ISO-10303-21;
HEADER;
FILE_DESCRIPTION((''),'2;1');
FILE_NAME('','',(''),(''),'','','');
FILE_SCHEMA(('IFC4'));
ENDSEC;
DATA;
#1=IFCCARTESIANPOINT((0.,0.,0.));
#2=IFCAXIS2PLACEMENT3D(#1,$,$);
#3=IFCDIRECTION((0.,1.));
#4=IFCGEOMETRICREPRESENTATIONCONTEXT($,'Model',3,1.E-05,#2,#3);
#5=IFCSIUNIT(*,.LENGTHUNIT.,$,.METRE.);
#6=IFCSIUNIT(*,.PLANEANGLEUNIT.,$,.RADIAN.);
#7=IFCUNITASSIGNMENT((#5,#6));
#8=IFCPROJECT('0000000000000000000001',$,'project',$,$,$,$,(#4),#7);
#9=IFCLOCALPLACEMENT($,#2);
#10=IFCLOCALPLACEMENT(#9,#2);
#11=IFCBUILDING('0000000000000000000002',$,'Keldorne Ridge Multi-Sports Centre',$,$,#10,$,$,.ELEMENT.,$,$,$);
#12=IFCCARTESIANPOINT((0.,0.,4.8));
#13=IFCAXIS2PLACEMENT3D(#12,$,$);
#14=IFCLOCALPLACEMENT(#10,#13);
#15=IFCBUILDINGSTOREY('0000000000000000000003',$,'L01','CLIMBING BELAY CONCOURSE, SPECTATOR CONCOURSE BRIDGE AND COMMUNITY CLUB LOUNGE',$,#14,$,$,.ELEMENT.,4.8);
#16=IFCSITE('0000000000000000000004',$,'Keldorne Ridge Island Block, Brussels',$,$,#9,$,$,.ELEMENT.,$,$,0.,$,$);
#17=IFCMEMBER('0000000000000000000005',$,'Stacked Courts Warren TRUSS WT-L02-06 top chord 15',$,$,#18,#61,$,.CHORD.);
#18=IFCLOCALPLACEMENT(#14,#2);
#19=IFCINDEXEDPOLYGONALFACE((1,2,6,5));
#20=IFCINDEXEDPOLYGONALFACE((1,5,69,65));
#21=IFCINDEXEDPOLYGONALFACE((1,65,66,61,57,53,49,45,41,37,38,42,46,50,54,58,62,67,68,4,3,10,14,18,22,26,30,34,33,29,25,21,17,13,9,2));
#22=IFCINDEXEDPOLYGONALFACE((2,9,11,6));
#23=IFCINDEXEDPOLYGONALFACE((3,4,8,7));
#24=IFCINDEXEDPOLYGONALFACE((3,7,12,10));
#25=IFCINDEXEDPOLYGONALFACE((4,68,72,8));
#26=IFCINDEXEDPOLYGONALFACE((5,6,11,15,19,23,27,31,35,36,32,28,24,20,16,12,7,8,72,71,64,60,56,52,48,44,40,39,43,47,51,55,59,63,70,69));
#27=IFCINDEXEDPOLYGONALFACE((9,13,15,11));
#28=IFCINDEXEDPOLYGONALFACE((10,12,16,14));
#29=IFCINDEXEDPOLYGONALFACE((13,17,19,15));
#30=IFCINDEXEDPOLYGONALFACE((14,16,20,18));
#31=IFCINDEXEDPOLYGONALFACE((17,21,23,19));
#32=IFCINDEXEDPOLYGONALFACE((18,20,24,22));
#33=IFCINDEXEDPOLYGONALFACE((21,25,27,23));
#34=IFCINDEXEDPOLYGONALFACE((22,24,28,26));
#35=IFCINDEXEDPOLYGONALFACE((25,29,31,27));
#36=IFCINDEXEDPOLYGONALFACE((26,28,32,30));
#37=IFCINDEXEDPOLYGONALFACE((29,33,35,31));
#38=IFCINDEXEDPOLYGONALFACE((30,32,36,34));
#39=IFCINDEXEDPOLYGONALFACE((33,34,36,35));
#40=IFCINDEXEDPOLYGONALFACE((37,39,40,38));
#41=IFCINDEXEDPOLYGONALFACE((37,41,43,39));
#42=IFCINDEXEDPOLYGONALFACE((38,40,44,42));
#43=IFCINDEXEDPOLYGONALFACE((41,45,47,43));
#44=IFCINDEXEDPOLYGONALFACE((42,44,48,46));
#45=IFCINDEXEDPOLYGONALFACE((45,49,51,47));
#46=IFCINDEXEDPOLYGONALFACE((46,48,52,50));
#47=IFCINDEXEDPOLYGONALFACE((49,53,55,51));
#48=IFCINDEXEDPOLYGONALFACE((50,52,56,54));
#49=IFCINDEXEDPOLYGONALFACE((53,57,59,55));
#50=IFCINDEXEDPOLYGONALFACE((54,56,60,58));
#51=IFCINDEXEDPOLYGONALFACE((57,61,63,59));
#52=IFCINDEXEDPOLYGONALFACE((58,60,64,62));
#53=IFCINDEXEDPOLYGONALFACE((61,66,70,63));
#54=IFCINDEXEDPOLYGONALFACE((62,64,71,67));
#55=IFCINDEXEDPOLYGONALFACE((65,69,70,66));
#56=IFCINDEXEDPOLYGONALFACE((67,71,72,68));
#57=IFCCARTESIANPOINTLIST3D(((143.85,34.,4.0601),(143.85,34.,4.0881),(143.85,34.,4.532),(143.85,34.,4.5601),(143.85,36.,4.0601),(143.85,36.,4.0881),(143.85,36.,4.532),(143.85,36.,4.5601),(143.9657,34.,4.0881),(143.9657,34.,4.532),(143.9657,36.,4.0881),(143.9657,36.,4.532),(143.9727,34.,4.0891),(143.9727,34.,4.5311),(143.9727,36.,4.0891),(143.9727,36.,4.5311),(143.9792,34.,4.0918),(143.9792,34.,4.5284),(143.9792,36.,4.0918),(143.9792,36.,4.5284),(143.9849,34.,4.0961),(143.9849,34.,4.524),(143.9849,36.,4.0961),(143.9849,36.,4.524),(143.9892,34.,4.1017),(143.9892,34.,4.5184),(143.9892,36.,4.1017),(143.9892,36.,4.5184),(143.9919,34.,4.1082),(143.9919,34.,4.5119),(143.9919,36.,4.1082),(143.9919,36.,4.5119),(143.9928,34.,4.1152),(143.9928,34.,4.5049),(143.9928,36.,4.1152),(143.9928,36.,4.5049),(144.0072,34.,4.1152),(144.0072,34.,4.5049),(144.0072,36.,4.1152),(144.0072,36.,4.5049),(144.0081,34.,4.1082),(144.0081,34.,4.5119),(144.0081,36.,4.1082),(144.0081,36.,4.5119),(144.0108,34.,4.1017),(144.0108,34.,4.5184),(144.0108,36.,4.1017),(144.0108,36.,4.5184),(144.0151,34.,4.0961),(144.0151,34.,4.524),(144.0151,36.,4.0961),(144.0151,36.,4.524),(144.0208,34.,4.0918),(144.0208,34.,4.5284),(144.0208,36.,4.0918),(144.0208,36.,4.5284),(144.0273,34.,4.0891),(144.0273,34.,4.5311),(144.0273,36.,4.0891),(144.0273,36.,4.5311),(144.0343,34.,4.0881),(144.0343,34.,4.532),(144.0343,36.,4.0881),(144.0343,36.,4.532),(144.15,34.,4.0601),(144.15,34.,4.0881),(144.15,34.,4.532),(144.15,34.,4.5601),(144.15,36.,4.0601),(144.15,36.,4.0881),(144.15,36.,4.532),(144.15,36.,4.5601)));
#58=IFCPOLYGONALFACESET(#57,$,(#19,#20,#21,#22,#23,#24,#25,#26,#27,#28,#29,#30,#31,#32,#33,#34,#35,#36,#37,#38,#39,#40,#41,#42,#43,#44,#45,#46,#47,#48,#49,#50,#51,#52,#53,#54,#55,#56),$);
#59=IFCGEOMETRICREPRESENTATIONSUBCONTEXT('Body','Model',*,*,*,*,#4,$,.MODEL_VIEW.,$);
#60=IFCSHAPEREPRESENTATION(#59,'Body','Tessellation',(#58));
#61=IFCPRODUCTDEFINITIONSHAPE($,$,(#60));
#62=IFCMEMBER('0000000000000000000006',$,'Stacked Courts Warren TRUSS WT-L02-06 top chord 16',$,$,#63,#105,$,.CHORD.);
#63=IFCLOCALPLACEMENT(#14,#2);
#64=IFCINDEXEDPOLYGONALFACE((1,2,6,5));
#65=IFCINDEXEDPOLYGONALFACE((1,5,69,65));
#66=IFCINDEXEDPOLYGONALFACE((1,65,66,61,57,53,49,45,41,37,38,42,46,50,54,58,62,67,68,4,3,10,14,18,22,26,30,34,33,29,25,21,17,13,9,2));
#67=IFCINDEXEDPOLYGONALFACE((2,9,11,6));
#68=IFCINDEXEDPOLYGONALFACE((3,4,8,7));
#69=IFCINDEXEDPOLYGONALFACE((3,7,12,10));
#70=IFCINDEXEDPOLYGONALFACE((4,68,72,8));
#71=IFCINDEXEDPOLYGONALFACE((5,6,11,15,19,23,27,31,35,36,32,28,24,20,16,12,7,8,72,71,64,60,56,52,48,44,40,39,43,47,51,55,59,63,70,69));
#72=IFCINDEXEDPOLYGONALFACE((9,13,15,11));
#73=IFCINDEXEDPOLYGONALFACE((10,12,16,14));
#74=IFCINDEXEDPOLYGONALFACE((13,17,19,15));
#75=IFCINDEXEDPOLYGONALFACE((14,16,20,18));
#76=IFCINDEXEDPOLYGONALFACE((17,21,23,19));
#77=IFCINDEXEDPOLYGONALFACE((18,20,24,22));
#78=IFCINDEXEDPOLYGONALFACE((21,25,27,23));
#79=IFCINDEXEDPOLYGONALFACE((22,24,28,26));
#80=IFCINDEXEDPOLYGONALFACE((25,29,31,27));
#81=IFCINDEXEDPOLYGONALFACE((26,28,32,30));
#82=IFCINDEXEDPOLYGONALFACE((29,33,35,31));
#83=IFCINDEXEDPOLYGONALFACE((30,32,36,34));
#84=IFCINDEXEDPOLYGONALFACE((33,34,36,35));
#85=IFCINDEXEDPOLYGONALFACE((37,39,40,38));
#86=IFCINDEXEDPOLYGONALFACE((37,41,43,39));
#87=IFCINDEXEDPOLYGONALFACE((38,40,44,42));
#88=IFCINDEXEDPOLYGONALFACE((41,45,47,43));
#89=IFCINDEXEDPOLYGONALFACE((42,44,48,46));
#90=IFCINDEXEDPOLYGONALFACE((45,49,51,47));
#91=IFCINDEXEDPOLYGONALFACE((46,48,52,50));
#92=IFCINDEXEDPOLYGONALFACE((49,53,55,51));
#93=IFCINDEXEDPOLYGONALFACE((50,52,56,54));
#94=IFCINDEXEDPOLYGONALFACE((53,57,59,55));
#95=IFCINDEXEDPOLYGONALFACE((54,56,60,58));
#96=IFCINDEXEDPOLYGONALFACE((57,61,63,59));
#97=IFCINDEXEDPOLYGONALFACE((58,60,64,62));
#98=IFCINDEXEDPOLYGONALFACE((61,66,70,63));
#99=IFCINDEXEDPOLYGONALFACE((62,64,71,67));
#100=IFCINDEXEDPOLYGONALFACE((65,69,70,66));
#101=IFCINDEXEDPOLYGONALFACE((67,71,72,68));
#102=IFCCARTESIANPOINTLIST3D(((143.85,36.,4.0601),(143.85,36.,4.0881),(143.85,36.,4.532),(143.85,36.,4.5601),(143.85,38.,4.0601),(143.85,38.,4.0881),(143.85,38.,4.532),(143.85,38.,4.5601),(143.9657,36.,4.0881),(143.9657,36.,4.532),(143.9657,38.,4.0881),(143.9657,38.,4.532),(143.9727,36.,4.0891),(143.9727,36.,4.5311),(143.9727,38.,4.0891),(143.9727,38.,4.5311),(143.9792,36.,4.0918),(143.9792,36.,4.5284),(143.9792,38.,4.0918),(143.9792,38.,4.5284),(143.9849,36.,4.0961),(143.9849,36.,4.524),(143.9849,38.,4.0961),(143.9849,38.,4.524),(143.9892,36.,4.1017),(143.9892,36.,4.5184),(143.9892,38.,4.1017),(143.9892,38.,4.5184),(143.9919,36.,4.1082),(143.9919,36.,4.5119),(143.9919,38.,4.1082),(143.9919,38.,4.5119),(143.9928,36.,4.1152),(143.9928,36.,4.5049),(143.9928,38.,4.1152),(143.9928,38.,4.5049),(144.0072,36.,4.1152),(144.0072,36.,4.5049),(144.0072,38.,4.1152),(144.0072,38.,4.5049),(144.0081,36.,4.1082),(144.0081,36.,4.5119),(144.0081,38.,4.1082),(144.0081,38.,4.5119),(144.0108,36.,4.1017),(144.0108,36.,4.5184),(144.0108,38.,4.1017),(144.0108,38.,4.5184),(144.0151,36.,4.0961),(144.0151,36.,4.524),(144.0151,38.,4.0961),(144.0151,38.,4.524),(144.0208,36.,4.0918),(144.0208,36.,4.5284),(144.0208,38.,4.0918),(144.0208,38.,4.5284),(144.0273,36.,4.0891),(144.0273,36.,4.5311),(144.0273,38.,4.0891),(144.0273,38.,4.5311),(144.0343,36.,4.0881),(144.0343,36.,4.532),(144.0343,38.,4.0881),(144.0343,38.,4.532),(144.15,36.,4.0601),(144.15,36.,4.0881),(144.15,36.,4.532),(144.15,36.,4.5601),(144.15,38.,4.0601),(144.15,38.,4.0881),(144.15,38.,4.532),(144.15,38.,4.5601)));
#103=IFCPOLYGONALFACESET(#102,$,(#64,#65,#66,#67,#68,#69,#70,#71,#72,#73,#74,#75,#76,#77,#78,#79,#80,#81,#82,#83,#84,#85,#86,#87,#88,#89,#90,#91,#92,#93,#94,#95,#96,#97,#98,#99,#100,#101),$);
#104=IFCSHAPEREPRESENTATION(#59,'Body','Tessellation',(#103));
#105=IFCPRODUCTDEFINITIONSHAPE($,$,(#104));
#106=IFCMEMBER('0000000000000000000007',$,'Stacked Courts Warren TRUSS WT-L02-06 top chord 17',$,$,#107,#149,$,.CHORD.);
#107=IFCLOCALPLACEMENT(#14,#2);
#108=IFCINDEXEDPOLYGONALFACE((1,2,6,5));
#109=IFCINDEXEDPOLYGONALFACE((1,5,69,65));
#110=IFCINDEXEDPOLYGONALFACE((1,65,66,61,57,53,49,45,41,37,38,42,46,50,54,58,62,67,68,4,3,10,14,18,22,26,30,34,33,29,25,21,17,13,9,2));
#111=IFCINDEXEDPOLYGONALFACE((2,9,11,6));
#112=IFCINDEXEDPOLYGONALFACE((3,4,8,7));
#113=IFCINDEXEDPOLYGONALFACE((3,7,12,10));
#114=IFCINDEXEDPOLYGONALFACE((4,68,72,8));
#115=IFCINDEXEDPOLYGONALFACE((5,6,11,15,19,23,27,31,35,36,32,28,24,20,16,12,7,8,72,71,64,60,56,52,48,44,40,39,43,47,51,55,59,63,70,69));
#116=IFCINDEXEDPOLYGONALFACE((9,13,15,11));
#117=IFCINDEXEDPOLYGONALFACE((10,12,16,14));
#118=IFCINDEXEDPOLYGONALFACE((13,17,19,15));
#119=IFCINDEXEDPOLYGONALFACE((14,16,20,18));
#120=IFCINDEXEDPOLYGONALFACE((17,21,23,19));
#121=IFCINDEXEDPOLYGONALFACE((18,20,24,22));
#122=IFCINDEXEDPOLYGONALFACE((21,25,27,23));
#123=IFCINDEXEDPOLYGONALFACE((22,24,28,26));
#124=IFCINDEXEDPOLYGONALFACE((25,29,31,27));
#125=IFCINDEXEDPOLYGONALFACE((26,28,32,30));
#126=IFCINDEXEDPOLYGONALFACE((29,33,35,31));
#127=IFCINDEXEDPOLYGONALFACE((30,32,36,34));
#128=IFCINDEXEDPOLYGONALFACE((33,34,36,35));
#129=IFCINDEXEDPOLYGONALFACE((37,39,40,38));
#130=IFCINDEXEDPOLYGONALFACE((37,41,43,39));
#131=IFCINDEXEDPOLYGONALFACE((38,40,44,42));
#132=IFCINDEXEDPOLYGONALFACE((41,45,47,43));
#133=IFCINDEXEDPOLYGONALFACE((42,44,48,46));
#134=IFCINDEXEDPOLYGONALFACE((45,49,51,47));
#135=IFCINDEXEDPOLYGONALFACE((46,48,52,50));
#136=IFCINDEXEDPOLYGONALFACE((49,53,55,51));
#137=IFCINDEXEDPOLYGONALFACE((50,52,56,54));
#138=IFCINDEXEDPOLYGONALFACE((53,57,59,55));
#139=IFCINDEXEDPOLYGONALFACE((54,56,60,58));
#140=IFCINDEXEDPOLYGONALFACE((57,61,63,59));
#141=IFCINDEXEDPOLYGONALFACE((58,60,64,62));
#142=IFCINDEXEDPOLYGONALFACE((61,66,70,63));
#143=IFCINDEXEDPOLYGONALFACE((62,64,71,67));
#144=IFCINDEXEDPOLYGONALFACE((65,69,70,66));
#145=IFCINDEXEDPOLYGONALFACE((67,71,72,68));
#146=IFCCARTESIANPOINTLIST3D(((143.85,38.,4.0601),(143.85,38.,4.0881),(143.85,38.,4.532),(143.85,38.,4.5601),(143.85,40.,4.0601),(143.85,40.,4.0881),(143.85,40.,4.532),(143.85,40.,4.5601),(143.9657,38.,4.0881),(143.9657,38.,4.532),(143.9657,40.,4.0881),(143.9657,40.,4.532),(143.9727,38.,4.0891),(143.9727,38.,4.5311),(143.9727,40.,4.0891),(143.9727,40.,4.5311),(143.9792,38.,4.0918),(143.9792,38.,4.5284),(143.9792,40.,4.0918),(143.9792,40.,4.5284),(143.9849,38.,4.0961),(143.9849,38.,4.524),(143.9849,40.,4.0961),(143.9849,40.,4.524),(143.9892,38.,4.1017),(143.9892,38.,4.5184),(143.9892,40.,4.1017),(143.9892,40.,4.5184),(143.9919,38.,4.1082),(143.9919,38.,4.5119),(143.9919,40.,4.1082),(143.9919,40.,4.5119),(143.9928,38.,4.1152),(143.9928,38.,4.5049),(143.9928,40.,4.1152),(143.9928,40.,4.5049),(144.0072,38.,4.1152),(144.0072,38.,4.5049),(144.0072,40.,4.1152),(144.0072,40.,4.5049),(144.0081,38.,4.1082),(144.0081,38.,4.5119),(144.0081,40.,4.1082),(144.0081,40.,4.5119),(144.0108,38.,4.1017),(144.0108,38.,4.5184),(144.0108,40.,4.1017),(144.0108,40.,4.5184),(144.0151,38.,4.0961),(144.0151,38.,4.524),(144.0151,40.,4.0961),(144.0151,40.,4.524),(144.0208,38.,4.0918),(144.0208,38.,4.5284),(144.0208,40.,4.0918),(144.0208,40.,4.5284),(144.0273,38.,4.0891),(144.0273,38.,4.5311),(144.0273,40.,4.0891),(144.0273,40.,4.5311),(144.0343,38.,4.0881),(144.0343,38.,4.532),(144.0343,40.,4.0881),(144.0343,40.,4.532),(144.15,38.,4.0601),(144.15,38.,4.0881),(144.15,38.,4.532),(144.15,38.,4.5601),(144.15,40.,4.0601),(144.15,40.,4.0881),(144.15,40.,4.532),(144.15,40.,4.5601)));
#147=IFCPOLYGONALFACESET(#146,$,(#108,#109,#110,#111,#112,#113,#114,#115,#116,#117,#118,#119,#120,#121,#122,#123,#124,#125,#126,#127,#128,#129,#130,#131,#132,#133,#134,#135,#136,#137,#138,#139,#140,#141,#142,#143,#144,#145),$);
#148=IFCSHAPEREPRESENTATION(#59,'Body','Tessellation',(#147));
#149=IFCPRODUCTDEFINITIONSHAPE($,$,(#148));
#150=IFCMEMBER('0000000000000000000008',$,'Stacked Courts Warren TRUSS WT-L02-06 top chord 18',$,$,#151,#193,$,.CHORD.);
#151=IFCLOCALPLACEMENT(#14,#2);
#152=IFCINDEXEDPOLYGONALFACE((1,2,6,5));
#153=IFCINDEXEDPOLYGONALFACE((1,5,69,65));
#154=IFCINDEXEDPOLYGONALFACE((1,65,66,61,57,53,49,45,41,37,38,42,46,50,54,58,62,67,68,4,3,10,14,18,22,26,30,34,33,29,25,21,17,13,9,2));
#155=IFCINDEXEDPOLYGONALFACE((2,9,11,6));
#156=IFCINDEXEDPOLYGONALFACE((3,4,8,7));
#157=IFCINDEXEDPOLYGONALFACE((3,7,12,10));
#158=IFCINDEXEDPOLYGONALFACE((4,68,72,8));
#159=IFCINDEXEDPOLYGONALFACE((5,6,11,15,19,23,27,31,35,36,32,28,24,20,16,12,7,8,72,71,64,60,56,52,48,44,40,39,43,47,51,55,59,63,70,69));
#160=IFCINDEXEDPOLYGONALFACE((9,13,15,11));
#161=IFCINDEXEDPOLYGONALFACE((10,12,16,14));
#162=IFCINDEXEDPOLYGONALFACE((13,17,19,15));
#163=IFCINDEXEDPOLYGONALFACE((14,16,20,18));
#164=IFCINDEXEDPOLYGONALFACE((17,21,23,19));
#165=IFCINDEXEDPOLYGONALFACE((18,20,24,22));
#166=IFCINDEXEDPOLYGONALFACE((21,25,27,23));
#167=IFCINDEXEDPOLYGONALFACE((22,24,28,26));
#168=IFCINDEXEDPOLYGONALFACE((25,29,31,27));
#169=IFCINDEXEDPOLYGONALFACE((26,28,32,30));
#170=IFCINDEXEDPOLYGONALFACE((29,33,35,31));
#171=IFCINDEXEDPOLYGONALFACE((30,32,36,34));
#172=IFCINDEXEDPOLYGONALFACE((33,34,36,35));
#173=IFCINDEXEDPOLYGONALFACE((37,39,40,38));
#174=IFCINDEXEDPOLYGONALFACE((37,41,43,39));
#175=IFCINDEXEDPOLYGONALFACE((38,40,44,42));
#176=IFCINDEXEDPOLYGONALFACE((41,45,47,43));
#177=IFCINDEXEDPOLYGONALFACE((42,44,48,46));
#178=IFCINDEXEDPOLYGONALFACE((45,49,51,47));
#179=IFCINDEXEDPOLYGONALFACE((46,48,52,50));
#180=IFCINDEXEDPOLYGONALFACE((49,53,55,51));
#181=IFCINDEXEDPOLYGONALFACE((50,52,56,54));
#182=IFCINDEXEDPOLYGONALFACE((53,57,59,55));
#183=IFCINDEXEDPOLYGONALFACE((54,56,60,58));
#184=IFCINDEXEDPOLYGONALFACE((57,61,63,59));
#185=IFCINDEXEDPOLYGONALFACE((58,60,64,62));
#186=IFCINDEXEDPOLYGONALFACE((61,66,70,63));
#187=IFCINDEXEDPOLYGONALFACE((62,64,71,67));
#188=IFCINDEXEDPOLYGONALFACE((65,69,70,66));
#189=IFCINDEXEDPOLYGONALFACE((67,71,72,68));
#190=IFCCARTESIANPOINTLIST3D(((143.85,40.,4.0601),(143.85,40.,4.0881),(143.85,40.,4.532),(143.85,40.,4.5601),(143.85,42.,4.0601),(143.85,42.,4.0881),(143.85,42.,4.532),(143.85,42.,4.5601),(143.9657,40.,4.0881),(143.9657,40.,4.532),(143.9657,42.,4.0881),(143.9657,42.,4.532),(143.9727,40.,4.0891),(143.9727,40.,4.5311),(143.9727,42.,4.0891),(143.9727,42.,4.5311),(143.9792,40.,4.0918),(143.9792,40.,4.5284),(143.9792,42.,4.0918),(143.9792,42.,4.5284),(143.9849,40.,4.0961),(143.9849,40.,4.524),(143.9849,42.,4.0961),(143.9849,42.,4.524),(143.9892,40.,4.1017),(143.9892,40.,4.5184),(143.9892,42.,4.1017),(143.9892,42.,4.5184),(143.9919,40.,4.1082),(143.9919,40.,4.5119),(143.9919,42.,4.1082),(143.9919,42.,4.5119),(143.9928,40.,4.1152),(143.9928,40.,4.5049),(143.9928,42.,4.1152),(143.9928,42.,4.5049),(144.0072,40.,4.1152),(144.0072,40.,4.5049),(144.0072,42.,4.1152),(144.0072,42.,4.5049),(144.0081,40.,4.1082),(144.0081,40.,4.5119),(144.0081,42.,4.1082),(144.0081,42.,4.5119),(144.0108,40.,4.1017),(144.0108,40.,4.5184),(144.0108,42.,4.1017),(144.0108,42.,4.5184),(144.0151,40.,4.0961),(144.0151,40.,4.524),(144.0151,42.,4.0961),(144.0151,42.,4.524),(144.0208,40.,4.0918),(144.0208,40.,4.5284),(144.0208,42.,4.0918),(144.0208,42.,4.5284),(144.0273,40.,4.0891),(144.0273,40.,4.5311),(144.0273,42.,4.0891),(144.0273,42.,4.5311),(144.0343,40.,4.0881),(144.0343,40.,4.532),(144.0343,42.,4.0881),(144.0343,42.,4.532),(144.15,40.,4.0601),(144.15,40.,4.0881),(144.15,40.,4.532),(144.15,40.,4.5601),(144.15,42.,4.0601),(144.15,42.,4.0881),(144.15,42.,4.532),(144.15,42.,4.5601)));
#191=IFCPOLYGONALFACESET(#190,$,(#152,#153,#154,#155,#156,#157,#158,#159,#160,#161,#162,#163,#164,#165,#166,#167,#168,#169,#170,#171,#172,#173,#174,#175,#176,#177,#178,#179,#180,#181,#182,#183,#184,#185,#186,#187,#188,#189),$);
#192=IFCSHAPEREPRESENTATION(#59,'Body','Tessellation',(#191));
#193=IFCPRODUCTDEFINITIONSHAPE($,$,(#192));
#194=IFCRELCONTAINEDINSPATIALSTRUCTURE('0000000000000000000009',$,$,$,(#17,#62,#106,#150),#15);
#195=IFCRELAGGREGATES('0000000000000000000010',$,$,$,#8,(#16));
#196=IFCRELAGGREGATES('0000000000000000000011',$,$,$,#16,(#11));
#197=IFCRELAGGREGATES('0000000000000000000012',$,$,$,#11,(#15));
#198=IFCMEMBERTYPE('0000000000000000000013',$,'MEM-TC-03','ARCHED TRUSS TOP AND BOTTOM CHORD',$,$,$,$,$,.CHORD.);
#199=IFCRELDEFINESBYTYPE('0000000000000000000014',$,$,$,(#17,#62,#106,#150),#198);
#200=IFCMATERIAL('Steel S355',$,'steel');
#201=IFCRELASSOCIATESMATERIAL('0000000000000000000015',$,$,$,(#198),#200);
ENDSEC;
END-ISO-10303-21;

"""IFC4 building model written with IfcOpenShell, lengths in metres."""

from ifc_helpers import new_model, si_unit, direction, frame, origin, origin_2d, place, context, subcontext, project, spatial, i_section, extrude, material, material_profile, profile_set, type_object, element, save


model = new_model("IFC4")

# Units and contexts
model_context = context("Model", 3, precision=1e-05, world=origin(), true_north=direction((0.0, 1.0)))
body_context = subcontext(model_context, "Body", "Model", "MODEL_VIEW")
ifc_project = project(units=[si_unit("LENGTHUNIT", "METRE"), si_unit("PLANEANGLEUNIT", "RADIAN")], contexts=[model_context])

# Site, building, storey
site_placement = place(None, origin())
site = spatial("IfcSite", under=ifc_project, at=site_placement, Name="Keldorne Ridge Island Block, Brussels", CompositionType="ELEMENT", RefElevation=0.0)
building_placement = place(site_placement, origin())
building = spatial("IfcBuilding", under=site, at=building_placement, Name="Keldorne Ridge Multi-Sports Centre", CompositionType="ELEMENT")
storey_placement = place(building_placement, frame((0.0, 0.0, 4.8)))
storey = spatial("IfcBuildingStorey", under=building, at=storey_placement, Name="L01", Description="CLIMBING BELAY CONCOURSE, SPECTATOR CONCOURSE BRIDGE AND COMMUNITY CLUB LOUNGE", CompositionType="ELEMENT", Elevation=4.8)

# Members
ifc_material = material(Name="Steel S355", Category="steel")
ifc_material_profile_1 = material_profile(ifc_material, i_section(OverallWidth=0.3, OverallDepth=0.5, WebThickness=0.0144, FlangeThickness=0.0281, FilletRadius=0.0271, at=origin_2d()), Name="HEB 500")
ifc_profile_set_1 = profile_set([ifc_material_profile_1], Name="Steel S355")
member_type_1 = type_object("IfcMemberType", Name="MEM-TC-03", Description="ARCHED TRUSS TOP AND BOTTOM CHORD", PredefinedType="CHORD", material=ifc_profile_set_1)
for number, where, z_axis, x_axis, name in (
    (1, (144.0, 34.0, 4.3101), (0.0, 1.0, 0.0), (-1.0, 0.0, 0.0), "Stacked Courts Warren TRUSS WT-L02-06 top chord 15"),
    (2, (144.0, 36.0, 4.3101), (0.0, 1.0, 0.0), (-1.0, 0.0, 0.0), "Stacked Courts Warren TRUSS WT-L02-06 top chord 16"),
    (3, (144.0, 38.0, 4.3101), (0.0, 1.0, 0.0), (-1.0, 0.0, 0.0), "Stacked Courts Warren TRUSS WT-L02-06 top chord 17"),
    (4, (144.0, 40.0, 4.3101), (0.0, 1.0, 0.0), (-1.0, 0.0, 0.0), "Stacked Courts Warren TRUSS WT-L02-06 top chord 18"),
):
    element("IfcMember", number, at=place(storey_placement, frame(where, z_axis=z_axis, x_axis=x_axis)), inside=storey, type_object=member_type_1, Name=name, PredefinedType="CHORD", context=body_context, shape_type="SweptSolid", body=[
        extrude(i_section(OverallWidth=0.3, OverallDepth=0.5, WebThickness=0.0144, FlangeThickness=0.0281, FilletRadius=0.0271, at=origin_2d()), origin(), (0.0, 0.0, 1.0), 2.0),
    ])

save(model, "model.ifc")
